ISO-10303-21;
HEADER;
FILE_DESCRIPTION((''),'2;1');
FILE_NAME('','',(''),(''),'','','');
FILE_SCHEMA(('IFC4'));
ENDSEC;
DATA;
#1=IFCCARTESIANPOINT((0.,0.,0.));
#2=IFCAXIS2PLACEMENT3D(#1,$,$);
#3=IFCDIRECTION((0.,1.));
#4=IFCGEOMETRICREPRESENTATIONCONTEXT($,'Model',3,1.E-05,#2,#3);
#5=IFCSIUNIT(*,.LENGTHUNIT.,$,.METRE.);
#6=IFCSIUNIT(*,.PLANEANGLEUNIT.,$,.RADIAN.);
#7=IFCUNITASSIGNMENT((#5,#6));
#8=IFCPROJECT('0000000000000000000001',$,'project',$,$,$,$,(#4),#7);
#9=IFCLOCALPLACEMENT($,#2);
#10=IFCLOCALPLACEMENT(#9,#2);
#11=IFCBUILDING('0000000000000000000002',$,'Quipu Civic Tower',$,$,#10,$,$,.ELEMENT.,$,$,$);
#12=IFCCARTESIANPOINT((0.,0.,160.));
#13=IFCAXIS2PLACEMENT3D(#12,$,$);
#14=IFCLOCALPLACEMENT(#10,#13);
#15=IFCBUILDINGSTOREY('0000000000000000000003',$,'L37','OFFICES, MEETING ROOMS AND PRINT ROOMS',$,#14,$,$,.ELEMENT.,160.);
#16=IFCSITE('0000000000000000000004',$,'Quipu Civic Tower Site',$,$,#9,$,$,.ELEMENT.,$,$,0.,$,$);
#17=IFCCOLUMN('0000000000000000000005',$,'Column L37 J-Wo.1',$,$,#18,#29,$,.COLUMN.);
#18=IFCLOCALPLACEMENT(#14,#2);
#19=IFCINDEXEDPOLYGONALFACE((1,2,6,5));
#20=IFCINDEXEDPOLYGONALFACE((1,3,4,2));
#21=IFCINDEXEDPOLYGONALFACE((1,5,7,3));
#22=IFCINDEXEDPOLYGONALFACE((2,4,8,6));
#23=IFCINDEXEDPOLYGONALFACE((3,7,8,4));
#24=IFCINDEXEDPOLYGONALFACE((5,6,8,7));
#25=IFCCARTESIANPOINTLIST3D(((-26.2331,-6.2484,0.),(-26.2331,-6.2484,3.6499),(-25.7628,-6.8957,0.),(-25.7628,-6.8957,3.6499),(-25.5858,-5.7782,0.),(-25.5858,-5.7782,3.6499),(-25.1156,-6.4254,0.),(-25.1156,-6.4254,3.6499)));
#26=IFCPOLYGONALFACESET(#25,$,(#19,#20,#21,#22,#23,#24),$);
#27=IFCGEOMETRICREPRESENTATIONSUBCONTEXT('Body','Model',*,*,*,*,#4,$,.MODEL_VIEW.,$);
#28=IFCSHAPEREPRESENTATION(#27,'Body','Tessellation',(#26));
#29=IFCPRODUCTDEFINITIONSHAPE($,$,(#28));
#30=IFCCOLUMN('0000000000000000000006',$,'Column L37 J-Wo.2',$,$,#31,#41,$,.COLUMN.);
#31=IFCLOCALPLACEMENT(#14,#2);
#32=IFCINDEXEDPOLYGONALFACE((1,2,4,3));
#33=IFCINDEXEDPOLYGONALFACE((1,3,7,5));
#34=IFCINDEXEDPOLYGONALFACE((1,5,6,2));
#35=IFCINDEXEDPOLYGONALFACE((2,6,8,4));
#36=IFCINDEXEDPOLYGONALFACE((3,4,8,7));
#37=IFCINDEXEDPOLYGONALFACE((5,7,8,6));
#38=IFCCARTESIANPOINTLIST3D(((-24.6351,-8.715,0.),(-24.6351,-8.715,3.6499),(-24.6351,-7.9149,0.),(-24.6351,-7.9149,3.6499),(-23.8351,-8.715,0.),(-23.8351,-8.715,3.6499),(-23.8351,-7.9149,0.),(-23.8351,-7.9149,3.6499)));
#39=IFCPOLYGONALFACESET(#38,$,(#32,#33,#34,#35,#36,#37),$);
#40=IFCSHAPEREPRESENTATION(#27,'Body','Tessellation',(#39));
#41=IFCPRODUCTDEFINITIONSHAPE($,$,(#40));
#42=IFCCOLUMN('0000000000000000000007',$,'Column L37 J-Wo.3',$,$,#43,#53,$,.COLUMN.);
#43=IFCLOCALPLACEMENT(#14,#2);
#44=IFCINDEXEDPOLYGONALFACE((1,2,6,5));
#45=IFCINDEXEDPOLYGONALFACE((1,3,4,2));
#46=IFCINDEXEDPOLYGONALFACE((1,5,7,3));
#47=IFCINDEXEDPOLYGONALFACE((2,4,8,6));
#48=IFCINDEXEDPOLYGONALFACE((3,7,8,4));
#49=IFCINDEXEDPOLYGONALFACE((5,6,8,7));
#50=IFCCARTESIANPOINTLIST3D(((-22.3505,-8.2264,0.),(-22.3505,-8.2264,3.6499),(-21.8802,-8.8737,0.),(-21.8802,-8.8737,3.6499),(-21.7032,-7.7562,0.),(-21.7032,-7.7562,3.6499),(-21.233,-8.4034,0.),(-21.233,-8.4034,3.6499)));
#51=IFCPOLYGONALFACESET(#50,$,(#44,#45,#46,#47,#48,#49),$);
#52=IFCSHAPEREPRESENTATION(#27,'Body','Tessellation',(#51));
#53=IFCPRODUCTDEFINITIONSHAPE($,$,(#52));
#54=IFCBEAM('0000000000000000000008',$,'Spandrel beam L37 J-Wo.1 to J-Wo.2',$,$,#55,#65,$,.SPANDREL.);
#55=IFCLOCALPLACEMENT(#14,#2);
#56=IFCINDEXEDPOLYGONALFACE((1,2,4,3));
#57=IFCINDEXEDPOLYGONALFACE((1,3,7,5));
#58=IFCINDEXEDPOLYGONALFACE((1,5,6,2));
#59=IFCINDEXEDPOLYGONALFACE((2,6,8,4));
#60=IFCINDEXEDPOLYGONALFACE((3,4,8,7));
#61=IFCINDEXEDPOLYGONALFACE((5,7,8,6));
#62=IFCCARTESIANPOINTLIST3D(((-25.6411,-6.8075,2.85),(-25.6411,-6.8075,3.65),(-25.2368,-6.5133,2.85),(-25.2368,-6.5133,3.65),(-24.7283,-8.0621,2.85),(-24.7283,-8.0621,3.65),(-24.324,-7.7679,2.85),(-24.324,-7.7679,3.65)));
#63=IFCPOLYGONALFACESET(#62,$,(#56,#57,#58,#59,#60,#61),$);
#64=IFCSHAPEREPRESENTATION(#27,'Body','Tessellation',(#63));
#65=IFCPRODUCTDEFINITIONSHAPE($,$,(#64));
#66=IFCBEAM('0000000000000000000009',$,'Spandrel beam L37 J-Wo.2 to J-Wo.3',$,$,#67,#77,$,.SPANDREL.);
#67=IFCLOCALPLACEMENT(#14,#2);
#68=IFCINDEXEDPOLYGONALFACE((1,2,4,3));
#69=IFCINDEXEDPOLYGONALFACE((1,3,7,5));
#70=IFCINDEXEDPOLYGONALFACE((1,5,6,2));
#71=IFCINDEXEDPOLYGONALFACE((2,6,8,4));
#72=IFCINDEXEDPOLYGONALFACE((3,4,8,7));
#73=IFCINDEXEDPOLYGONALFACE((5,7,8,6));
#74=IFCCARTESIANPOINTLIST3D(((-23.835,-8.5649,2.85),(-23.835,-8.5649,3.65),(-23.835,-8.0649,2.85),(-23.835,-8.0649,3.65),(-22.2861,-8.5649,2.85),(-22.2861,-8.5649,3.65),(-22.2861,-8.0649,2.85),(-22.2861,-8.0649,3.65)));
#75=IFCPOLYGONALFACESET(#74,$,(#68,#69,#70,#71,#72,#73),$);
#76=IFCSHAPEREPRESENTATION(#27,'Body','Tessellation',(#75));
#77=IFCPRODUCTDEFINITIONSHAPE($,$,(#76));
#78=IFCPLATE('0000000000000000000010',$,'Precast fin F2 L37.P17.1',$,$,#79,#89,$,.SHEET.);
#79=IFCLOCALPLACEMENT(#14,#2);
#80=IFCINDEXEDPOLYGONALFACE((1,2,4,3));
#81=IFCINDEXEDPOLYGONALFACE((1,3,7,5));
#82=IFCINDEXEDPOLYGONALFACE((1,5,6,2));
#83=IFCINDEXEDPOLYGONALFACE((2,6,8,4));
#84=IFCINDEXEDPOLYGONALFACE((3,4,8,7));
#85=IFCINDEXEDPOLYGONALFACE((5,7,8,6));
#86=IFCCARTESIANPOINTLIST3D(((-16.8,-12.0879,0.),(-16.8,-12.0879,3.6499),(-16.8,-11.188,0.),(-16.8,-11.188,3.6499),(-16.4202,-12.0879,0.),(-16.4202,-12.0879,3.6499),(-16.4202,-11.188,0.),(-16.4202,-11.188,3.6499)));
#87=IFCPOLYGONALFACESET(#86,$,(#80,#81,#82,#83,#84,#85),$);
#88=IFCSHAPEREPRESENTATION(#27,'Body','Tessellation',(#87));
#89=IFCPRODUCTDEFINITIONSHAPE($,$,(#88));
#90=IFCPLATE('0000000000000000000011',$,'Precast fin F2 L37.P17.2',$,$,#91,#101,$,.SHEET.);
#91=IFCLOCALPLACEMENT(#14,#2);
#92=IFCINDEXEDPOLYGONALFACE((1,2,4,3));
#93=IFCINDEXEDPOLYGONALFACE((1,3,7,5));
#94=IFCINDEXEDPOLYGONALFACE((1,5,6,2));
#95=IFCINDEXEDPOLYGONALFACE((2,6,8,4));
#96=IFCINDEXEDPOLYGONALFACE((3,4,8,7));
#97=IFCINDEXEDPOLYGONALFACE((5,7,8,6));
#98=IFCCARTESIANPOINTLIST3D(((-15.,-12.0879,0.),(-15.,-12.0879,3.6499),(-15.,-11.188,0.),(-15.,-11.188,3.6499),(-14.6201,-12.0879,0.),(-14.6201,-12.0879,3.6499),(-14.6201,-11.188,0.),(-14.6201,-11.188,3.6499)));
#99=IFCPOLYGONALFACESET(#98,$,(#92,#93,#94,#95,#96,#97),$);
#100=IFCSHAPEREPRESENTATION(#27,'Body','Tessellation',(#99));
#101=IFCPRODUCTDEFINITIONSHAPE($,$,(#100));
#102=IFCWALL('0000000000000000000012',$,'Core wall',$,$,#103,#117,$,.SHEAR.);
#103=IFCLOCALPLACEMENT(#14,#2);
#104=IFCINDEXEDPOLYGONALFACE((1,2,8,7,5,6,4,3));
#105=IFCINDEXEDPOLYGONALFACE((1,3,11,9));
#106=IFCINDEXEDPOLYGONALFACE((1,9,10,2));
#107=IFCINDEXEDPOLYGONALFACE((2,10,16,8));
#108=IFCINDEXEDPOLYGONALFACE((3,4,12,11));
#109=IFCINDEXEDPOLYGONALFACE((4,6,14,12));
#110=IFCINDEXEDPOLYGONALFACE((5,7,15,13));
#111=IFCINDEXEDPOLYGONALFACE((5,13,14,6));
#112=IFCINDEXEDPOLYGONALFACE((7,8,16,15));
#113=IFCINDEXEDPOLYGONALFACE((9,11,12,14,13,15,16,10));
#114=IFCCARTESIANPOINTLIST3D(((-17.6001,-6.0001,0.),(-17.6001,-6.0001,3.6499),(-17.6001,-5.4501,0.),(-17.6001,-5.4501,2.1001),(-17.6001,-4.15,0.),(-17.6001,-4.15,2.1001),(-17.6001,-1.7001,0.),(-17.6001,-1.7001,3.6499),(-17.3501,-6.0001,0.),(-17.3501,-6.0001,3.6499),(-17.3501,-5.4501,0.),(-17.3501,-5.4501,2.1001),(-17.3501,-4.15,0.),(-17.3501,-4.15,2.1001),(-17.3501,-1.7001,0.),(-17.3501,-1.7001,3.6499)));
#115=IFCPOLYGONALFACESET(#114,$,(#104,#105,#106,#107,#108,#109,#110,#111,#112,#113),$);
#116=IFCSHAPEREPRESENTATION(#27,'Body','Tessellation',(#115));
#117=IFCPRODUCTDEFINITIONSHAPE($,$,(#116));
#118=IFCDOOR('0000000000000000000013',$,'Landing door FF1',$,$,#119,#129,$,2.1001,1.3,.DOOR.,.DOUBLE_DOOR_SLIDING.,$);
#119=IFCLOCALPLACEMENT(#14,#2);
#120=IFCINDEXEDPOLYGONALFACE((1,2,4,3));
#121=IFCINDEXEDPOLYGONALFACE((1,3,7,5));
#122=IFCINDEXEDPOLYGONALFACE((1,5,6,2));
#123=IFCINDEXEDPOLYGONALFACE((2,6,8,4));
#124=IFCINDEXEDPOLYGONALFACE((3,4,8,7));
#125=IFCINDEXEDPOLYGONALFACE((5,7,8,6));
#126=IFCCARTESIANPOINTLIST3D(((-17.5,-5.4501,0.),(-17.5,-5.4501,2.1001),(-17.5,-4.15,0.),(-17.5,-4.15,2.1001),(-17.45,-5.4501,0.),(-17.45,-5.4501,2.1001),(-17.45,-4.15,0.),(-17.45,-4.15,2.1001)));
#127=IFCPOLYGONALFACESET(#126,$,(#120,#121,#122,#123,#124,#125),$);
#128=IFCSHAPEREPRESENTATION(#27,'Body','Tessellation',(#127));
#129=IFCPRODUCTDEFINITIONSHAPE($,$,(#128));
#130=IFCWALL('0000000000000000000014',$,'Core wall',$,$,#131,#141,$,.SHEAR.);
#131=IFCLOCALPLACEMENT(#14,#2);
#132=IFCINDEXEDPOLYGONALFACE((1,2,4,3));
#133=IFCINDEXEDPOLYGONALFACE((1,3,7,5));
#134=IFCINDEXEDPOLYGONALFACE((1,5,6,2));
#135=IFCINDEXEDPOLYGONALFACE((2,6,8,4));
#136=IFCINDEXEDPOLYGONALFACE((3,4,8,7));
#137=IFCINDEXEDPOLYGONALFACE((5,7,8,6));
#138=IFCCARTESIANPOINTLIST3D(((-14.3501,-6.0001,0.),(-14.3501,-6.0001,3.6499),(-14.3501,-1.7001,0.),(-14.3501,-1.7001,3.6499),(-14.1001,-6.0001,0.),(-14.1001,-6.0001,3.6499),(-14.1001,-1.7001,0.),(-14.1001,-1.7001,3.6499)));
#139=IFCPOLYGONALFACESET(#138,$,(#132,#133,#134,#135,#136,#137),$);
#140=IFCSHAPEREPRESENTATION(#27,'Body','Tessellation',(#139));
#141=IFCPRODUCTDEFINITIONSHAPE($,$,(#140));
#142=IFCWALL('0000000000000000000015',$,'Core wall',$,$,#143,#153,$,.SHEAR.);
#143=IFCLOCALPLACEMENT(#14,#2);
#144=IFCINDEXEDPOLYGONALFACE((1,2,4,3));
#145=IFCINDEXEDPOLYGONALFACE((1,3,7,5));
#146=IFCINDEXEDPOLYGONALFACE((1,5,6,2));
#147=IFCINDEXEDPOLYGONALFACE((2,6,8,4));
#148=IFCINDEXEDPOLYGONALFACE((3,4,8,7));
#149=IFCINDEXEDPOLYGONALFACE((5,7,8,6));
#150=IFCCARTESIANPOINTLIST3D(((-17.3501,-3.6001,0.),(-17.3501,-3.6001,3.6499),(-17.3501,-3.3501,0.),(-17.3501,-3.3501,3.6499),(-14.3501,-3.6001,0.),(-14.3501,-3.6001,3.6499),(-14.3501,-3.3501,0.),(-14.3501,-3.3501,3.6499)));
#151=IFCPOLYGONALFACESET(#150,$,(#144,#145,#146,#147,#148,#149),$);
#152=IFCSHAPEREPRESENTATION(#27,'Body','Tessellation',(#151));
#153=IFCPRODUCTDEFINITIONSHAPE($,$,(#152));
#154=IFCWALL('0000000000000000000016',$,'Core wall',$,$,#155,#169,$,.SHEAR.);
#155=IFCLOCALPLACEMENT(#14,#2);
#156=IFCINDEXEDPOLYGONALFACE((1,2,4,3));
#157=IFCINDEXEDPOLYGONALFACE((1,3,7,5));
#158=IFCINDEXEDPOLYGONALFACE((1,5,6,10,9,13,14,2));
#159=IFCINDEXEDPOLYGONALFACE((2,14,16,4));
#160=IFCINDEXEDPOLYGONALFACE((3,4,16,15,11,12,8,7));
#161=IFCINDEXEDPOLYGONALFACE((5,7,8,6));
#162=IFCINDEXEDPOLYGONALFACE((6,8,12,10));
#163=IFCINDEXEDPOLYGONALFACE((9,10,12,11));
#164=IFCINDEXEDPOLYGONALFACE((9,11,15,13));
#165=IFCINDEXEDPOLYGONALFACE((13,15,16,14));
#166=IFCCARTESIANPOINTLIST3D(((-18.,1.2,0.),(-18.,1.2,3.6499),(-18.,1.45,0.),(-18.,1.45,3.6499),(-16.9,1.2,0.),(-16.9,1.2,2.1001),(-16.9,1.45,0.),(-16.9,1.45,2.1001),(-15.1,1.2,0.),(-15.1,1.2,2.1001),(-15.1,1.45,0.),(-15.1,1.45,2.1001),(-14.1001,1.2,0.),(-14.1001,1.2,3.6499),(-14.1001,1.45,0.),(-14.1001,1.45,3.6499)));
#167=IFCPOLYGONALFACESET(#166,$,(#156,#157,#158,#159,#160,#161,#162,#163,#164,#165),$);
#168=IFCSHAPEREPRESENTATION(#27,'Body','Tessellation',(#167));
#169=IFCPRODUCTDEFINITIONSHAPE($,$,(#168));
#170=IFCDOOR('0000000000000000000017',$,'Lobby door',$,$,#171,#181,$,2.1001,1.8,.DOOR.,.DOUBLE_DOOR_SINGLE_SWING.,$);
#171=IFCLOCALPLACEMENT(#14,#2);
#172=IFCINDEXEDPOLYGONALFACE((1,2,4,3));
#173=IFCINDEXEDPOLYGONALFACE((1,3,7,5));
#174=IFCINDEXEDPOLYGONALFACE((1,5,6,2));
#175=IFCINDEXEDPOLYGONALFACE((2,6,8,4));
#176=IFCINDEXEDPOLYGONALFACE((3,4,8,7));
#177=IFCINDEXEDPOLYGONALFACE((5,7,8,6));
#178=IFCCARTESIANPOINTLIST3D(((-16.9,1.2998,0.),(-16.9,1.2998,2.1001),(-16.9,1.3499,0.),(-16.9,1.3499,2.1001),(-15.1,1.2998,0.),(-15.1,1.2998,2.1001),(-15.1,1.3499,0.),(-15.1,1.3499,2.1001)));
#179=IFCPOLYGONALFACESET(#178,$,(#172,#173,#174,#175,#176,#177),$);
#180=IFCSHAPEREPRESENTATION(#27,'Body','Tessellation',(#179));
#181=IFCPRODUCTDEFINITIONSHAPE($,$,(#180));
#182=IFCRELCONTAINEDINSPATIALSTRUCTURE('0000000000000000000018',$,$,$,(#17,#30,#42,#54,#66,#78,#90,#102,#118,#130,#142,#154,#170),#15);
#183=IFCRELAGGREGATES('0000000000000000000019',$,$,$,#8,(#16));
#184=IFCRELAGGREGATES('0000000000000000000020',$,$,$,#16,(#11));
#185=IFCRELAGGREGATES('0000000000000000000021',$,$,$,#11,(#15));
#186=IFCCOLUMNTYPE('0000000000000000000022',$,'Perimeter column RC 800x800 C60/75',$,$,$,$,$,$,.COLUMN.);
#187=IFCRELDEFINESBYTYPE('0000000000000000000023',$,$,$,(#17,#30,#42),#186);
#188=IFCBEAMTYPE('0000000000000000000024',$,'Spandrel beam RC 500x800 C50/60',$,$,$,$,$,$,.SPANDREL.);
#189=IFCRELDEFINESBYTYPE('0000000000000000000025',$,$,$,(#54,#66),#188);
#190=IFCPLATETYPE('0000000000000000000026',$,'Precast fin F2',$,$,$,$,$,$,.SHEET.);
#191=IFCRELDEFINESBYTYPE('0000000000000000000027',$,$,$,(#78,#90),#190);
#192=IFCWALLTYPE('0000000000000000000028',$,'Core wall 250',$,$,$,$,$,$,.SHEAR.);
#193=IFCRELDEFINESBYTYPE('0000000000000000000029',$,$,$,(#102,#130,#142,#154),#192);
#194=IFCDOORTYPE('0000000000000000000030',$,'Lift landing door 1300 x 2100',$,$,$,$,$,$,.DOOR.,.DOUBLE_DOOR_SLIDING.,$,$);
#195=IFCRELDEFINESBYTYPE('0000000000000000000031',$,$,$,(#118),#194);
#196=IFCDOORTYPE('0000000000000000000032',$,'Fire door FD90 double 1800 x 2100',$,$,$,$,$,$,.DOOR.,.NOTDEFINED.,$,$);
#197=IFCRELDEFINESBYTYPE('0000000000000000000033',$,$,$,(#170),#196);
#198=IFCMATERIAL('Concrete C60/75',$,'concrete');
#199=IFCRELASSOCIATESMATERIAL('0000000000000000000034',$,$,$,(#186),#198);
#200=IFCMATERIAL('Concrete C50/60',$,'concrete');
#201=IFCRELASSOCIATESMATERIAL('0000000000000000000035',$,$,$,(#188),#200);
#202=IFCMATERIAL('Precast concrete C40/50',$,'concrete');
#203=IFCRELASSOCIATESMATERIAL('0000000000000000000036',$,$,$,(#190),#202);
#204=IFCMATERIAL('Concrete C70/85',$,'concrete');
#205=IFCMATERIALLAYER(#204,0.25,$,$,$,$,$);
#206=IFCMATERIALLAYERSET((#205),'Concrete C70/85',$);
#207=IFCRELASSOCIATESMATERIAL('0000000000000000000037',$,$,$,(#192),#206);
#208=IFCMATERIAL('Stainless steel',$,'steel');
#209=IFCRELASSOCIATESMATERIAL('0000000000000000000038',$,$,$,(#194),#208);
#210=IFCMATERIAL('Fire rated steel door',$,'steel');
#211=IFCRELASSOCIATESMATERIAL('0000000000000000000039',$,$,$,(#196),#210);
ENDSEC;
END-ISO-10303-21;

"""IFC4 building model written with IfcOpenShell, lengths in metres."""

from ifc_helpers import new_model, si_unit, direction, frame, frame_2d, origin, origin_2d, place, context, subcontext, project, spatial, rectangle, extrude, material, layer, layer_set, material_profile, profile_set, type_object, element, fill, save


model = new_model("IFC4")

# Units and contexts
model_context = context("Model", 3, precision=1e-05, world=origin(), true_north=direction((0.0, 1.0)))
body_context = subcontext(model_context, "Body", "Model", "MODEL_VIEW")
ifc_project = project(units=[si_unit("LENGTHUNIT", "METRE"), si_unit("PLANEANGLEUNIT", "RADIAN")], contexts=[model_context])

# Site, building, storey
site_placement = place(None, origin())
site = spatial("IfcSite", under=ifc_project, at=site_placement, Name="Quipu Civic Tower Site", CompositionType="ELEMENT", RefElevation=0.0)
building_placement = place(site_placement, origin())
building = spatial("IfcBuilding", under=site, at=building_placement, Name="Quipu Civic Tower", CompositionType="ELEMENT")
storey_placement = place(building_placement, frame((0.0, 0.0, 160.0)))
storey = spatial("IfcBuildingStorey", under=building, at=storey_placement, Name="L37", Description="OFFICES, MEETING ROOMS AND PRINT ROOMS", CompositionType="ELEMENT", Elevation=160.0)

# Columns
ifc_material_1 = material(Name="Concrete C60/75", Category="concrete")
ifc_material_profile_1 = material_profile(ifc_material_1, rectangle(XDim=0.8, YDim=0.8, at=origin_2d()), Name="RC800x800")
ifc_profile_set_1 = profile_set([ifc_material_profile_1], Name="Concrete C60/75")
column_type = type_object("IfcColumnType", Name="Perimeter column RC 800x800 C60/75", PredefinedType="COLUMN", material=ifc_profile_set_1)
for number, where, z_axis, x_axis, name in (
    (1, (-25.6743, -6.3369, 0.0), (0.0, 0.0, 1.0), (0.587785, -0.809017, 0.0), "Column L37 J-Wo.1"),
    (2, (-24.2351, -8.3149, 0.0), (0.0, 0.0, 1.0), (1.0, 0.0, 0.0), "Column L37 J-Wo.2"),
    (3, (-21.7917, -8.3149, 0.0), (0.0, 0.0, 1.0), (0.587785, -0.809017, 0.0), "Column L37 J-Wo.3"),
):
    element("IfcColumn", number, at=place(storey_placement, frame(where, z_axis=z_axis, x_axis=x_axis)), inside=storey, type_object=column_type, Name=name, PredefinedType="COLUMN", context=body_context, shape_type="SweptSolid", body=[
        extrude(rectangle(XDim=0.8, YDim=0.8, at=origin_2d()), origin(), (0.0, 0.0, 1.0), 3.6499),
    ])

# Beams
ifc_material_2 = material(Name="Concrete C50/60", Category="concrete")
ifc_material_profile_2 = material_profile(ifc_material_2, rectangle(XDim=0.5, YDim=0.8, at=origin_2d()), Name="RC500x800")
ifc_profile_set_2 = profile_set([ifc_material_profile_2], Name="Concrete C50/60")
beam_type = type_object("IfcBeamType", Name="Spandrel beam RC 500x800 C50/60", PredefinedType="SPANDREL", material=ifc_profile_set_2)
beam_1_placement = place(storey_placement, frame((-25.439, -6.6604, 3.25), z_axis=(0.588331, -0.80862, 0.0), x_axis=(0.80862, 0.588331, 0.0)))
element("IfcBeam", 4, at=beam_1_placement, inside=storey, type_object=beam_type, Name="Spandrel beam L37 J-Wo.1 to J-Wo.2", PredefinedType="SPANDREL", context=body_context, shape_type="SweptSolid", body=[
    extrude(rectangle(XDim=0.5, YDim=0.8, at=origin_2d()), origin(), (0.0, 0.0, 1.0), 1.5515),
])
beam_2_placement = place(storey_placement, frame((-23.835, -8.3149, 3.25), z_axis=(1.0, 0.0, 0.0), x_axis=(0.0, 1.0, 0.0)))
element("IfcBeam", 5, at=beam_2_placement, inside=storey, type_object=beam_type, Name="Spandrel beam L37 J-Wo.2 to J-Wo.3", PredefinedType="SPANDREL", context=body_context, shape_type="SweptSolid", body=[
    extrude(rectangle(XDim=0.5, YDim=0.8, at=origin_2d()), origin(), (0.0, 0.0, 1.0), 1.5488),
])

# Plates
ifc_material_3 = material(Name="Precast concrete C40/50", Category="concrete")
plate_type = type_object("IfcPlateType", Name="Precast fin F2", PredefinedType="SHEET", material=ifc_material_3)
for number, where, z_axis, x_axis, name in (
    (6, (-16.6101, -11.6379, 0.0), (0.0, 0.0, 1.0), (1.0, 0.0, 0.0), "Precast fin F2 L37.P17.1"),
    (7, (-14.8101, -11.6379, 0.0), (0.0, 0.0, 1.0), (1.0, 0.0, 0.0), "Precast fin F2 L37.P17.2"),
):
    element("IfcPlate", number, at=place(storey_placement, frame(where, z_axis=z_axis, x_axis=x_axis)), inside=storey, type_object=plate_type, Name=name, PredefinedType="SHEET", context=body_context, shape_type="SweptSolid", body=[
        extrude(rectangle(XDim=0.3799, YDim=0.8999, at=origin_2d()), origin(), (0.0, 0.0, 1.0), 3.6499),
    ])

# Wall, opening, door
ifc_material_4 = material(Name="Concrete C70/85", Category="concrete")
ifc_layer_1 = layer(ifc_material_4, 0.25)
ifc_layer_set_1 = layer_set([ifc_layer_1], Name="Concrete C70/85")
wall_type_1 = type_object("IfcWallType", Name="Core wall 250", PredefinedType="SHEAR", material=ifc_layer_set_1)
wall_1_placement = place(storey_placement, frame((-17.4751, -6.0, 0.0), z_axis=(0.0, 0.0, 1.0), x_axis=(0.0, 1.0, 0.0)))
wall_1 = element("IfcWall", 8, at=wall_1_placement, inside=storey, type_object=wall_type_1, Name="Core wall", PredefinedType="SHEAR", context=body_context, shape_type="SweptSolid", body=[
    extrude(rectangle(XDim=4.3, YDim=0.25, at=frame_2d((2.1499, 0.0))), origin(), (0.0, 0.0, 1.0), 3.6499),
])
opening_1_placement = place(wall_1_placement, frame((0.55, 0.0, 0.0)))
opening_1 = element("IfcOpeningElement", 9, at=opening_1_placement, cuts=wall_1, PredefinedType="OPENING", context=body_context, shape_type="SweptSolid", body=[
    extrude(rectangle(XDim=1.3, YDim=2.1001, at=frame_2d((0.6499, 1.05))), frame((0.0, 0.135, 0.0), z_axis=(0.0, -1.0, 0.0), x_axis=(1.0, 0.0, 0.0)), (0.0, 0.0, 1.0), 0.27),
])
ifc_material_5 = material(Name="Stainless steel", Category="steel")
door_type_1 = type_object("IfcDoorType", Name="Lift landing door 1300 x 2100", OperationType="DOUBLE_DOOR_SLIDING", PredefinedType="DOOR", material=ifc_material_5)
door_1_placement = place(opening_1_placement, origin())
door_1 = element("IfcDoor", 10, at=door_1_placement, inside=storey, type_object=door_type_1, Name="Landing door FF1", OperationType="DOUBLE_DOOR_SLIDING", OverallHeight=2.1001, OverallWidth=1.3, PredefinedType="DOOR", context=body_context, shape_type="SweptSolid", body=[
    extrude(rectangle(XDim=1.3, YDim=2.1001, at=frame_2d((0.6499, 1.05))), frame((0.0, 0.0249, 0.0), z_axis=(0.0, -1.0, 0.0), x_axis=(1.0, 0.0, 0.0)), (0.0, 0.0, 1.0), 0.05),
])
fill(opening_1, door_1)

# Walls
wall_2_placement = place(storey_placement, frame((-14.2251, -6.0, 0.0), z_axis=(0.0, 0.0, 1.0), x_axis=(0.0, 1.0, 0.0)))
element("IfcWall", 11, at=wall_2_placement, inside=storey, type_object=wall_type_1, Name="Core wall", PredefinedType="SHEAR", context=body_context, shape_type="SweptSolid", body=[
    extrude(rectangle(XDim=4.3, YDim=0.25, at=frame_2d((2.1499, 0.0))), origin(), (0.0, 0.0, 1.0), 3.6499),
])
wall_3_placement = place(storey_placement, frame((-17.3501, -3.4751, 0.0), z_axis=(0.0, 0.0, 1.0), x_axis=(1.0, 0.0, 0.0)))
element("IfcWall", 12, at=wall_3_placement, inside=storey, type_object=wall_type_1, Name="Core wall", PredefinedType="SHEAR", context=body_context, shape_type="SweptSolid", body=[
    extrude(rectangle(XDim=3.0, YDim=0.25, at=frame_2d((1.5, 0.0))), origin(), (0.0, 0.0, 1.0), 3.6499),
])

# Wall, opening, door
wall_4_placement = place(storey_placement, frame((-18.0, 1.325, 0.0), z_axis=(0.0, 0.0, 1.0), x_axis=(1.0, 0.0, 0.0)))
wall_4 = element("IfcWall", 13, at=wall_4_placement, inside=storey, type_object=wall_type_1, Name="Core wall", PredefinedType="SHEAR", context=body_context, shape_type="SweptSolid", body=[
    extrude(rectangle(XDim=3.8999, YDim=0.25, at=frame_2d((1.95, 0.0))), origin(), (0.0, 0.0, 1.0), 3.6499),
])
opening_2_placement = place(wall_4_placement, frame((1.1001, 0.0, 0.0)))
opening_2 = element("IfcOpeningElement", 14, at=opening_2_placement, cuts=wall_4, PredefinedType="OPENING", context=body_context, shape_type="SweptSolid", body=[
    extrude(rectangle(XDim=1.8, YDim=2.1001, at=frame_2d((0.8999, 1.05))), frame((0.0, 0.135, 0.0), z_axis=(0.0, -1.0, 0.0), x_axis=(1.0, 0.0, 0.0)), (0.0, 0.0, 1.0), 0.27),
])
ifc_material_6 = material(Name="Fire rated steel door", Category="steel")
door_type_2 = type_object("IfcDoorType", Name="Fire door FD90 double 1800 x 2100", OperationType="NOTDEFINED", PredefinedType="DOOR", material=ifc_material_6)
door_2_placement = place(opening_2_placement, origin())
door_2 = element("IfcDoor", 15, at=door_2_placement, inside=storey, type_object=door_type_2, Name="Lobby door", OperationType="DOUBLE_DOOR_SINGLE_SWING", OverallHeight=2.1001, OverallWidth=1.8, PredefinedType="DOOR", context=body_context, shape_type="SweptSolid", body=[
    extrude(rectangle(XDim=1.8, YDim=2.1001, at=frame_2d((0.8999, 1.05))), frame((0.0, 0.0249, 0.0), z_axis=(0.0, -1.0, 0.0), x_axis=(1.0, 0.0, 0.0)), (0.0, 0.0, 1.0), 0.05),
])
fill(opening_2, door_2)

save(model, "model.ifc")
